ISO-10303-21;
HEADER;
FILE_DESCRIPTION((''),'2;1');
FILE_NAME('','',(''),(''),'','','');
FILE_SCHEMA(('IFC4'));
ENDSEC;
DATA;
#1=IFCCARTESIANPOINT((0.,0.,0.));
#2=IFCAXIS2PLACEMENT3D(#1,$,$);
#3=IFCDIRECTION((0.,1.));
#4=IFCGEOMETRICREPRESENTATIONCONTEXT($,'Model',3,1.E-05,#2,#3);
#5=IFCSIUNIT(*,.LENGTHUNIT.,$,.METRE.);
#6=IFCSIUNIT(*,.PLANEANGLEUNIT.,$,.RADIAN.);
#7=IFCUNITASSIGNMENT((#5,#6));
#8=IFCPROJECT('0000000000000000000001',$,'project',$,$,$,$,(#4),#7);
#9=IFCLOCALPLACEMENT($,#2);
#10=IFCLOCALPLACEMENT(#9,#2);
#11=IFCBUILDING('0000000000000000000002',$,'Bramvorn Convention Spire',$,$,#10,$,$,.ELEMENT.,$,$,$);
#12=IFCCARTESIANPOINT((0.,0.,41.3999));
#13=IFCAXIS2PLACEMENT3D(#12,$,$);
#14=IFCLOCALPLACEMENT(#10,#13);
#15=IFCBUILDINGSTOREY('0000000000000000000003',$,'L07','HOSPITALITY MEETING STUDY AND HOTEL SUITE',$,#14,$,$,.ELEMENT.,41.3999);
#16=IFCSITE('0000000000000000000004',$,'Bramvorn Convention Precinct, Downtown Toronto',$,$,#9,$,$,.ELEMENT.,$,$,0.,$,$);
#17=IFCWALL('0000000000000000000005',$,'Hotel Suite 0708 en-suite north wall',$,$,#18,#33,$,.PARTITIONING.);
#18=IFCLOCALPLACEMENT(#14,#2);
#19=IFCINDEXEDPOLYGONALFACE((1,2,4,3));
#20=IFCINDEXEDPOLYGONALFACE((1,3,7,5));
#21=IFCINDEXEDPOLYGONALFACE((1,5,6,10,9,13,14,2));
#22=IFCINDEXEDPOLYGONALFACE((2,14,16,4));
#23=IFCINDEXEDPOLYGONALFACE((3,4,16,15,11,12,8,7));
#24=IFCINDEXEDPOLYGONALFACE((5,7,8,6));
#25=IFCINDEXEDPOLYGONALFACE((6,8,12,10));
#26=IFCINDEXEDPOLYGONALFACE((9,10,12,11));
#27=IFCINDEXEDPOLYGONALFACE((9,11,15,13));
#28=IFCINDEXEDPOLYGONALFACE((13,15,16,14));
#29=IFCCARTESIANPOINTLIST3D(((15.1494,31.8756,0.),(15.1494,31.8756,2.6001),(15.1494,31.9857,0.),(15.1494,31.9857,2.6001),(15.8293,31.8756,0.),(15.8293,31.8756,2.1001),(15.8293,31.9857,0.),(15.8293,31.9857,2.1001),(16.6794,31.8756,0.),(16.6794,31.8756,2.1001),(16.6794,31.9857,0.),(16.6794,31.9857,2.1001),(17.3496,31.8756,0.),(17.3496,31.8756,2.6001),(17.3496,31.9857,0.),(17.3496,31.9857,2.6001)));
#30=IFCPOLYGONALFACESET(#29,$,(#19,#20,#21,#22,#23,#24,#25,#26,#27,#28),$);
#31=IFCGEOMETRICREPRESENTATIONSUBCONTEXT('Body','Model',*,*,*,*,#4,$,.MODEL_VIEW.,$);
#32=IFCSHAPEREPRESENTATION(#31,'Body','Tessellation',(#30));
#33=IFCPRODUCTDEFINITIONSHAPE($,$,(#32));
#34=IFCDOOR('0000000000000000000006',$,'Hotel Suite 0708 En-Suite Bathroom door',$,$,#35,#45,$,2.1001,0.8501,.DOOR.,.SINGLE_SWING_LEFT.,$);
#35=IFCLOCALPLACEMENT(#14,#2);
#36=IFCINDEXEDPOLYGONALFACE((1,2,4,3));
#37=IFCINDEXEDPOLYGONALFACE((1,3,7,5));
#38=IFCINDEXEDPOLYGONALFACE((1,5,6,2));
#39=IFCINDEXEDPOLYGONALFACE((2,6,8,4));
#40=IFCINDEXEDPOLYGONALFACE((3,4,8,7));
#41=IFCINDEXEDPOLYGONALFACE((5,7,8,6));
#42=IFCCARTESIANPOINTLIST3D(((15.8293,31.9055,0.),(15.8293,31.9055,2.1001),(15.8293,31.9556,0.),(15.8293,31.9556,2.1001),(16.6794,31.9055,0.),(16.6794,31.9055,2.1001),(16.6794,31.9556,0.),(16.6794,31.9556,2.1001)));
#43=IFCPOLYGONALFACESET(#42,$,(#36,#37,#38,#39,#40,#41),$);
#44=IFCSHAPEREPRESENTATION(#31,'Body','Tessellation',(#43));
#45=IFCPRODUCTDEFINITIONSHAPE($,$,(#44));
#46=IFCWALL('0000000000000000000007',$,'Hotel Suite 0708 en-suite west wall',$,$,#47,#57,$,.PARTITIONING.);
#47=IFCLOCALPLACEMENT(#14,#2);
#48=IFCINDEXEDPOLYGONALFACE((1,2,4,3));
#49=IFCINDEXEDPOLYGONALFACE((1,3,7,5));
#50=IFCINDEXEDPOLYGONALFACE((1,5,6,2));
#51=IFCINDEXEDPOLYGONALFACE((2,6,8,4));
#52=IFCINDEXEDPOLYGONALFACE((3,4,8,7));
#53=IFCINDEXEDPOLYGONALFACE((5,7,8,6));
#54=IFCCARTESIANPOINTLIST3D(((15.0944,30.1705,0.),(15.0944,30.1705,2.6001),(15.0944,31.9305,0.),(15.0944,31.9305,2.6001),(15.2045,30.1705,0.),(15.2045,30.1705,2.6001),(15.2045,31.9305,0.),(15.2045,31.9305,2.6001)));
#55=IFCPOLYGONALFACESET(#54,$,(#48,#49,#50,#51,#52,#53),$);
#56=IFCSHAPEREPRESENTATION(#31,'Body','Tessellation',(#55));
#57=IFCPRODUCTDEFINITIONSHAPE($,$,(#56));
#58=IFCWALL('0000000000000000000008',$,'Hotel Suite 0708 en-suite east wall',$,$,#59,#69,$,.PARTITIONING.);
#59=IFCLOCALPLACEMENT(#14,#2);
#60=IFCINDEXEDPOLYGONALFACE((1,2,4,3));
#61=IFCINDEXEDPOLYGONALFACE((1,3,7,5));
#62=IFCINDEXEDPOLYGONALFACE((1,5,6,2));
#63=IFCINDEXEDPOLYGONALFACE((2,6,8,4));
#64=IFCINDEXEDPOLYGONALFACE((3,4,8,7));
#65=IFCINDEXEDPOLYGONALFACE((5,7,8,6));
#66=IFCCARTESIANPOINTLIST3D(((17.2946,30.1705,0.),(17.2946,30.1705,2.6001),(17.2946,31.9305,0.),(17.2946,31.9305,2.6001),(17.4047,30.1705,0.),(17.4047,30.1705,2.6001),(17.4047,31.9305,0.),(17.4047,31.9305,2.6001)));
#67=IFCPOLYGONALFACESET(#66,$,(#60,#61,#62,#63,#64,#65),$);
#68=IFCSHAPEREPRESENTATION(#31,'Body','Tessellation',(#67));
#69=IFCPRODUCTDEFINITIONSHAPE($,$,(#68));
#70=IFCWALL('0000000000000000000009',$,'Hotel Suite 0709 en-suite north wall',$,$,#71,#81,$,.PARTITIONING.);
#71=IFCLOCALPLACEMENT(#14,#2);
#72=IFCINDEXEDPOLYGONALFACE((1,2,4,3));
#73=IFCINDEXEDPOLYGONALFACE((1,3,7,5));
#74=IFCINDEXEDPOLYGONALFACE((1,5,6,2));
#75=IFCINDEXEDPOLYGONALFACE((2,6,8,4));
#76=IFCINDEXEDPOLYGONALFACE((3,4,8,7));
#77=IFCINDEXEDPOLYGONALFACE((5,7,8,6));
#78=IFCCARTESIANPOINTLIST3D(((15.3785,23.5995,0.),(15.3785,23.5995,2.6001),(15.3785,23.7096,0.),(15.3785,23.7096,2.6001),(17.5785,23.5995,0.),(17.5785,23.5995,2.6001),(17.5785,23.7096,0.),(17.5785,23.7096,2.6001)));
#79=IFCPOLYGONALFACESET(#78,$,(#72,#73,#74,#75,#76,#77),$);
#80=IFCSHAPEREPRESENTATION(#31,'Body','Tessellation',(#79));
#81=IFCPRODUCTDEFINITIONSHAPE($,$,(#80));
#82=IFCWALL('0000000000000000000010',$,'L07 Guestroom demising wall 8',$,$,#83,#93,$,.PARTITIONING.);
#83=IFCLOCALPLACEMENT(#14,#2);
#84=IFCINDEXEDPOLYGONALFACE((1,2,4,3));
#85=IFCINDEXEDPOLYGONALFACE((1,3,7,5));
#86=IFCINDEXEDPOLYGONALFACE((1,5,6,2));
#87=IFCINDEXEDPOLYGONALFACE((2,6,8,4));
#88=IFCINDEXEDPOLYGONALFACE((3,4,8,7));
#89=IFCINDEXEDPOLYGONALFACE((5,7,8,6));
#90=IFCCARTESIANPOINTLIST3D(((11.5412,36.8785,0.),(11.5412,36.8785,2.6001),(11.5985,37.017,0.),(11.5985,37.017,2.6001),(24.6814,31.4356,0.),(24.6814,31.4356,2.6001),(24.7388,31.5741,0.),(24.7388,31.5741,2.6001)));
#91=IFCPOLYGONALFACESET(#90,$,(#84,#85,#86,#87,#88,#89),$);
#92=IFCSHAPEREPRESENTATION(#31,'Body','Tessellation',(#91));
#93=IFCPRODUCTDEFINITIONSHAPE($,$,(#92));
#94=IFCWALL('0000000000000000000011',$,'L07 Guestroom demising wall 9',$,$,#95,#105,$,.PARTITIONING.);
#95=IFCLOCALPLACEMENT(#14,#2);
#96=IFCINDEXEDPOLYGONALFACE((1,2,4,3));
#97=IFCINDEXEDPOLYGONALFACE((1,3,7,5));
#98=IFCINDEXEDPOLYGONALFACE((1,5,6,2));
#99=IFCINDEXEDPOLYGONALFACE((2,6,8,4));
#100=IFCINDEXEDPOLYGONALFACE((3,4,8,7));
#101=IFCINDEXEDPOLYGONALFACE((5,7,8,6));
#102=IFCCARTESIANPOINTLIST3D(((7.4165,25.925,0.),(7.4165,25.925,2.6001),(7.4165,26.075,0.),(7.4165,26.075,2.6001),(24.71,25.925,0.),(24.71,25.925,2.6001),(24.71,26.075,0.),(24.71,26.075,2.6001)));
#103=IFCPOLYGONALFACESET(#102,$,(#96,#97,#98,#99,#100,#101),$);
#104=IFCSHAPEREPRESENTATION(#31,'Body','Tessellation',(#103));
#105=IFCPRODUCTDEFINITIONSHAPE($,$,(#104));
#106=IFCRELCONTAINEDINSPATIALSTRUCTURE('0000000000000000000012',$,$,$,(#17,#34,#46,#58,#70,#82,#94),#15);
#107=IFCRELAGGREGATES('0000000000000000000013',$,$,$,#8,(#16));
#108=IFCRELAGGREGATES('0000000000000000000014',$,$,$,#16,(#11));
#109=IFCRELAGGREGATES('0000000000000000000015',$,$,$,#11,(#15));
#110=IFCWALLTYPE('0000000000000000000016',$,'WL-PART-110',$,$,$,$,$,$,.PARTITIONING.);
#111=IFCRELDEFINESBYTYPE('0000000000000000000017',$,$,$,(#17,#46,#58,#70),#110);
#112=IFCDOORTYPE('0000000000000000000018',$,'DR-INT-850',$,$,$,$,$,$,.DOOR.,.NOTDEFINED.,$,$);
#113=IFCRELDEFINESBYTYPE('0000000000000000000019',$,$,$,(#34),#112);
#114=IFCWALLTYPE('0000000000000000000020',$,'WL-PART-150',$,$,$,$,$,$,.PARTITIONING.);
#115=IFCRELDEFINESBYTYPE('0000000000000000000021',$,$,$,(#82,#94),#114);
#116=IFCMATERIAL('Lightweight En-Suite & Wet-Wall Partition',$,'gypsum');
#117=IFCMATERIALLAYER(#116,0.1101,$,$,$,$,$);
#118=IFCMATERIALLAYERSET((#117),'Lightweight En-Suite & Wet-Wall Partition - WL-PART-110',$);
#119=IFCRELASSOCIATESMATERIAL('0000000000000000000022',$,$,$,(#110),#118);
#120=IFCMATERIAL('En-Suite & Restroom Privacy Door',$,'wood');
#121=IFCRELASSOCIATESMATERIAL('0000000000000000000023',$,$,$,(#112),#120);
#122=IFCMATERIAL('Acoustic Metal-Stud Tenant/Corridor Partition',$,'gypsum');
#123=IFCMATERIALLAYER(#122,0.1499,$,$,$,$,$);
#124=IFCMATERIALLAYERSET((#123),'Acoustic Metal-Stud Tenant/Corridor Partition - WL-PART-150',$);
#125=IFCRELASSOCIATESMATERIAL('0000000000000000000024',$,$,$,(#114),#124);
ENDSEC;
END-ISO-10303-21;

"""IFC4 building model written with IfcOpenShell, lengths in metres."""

from ifc_helpers import new_model, si_unit, direction, frame, frame_2d, origin, place, context, subcontext, project, spatial, rectangle, extrude, material, layer, layer_set, type_object, element, fill, save


model = new_model("IFC4")

# Units and contexts
model_context = context("Model", 3, precision=1e-05, world=origin(), true_north=direction((0.0, 1.0)))
body_context = subcontext(model_context, "Body", "Model", "MODEL_VIEW")
ifc_project = project(units=[si_unit("LENGTHUNIT", "METRE"), si_unit("PLANEANGLEUNIT", "RADIAN")], contexts=[model_context])

# Site, building, storey
site_placement = place(None, origin())
site = spatial("IfcSite", under=ifc_project, at=site_placement, Name="Bramvorn Convention Precinct, Downtown Toronto", CompositionType="ELEMENT", RefElevation=0.0)
building_placement = place(site_placement, origin())
building = spatial("IfcBuilding", under=site, at=building_placement, Name="Bramvorn Convention Spire", CompositionType="ELEMENT")
storey_placement = place(building_placement, frame((0.0, 0.0, 41.3999)))
storey = spatial("IfcBuildingStorey", under=building, at=storey_placement, Name="L07", Description="HOSPITALITY MEETING STUDY AND HOTEL SUITE", CompositionType="ELEMENT", Elevation=41.3999)

# Shared definitions
ifc_material_1 = material(Name="Lightweight En-Suite & Wet-Wall Partition", Category="gypsum")
ifc_layer_1 = layer(ifc_material_1, 0.1101)
ifc_layer_set_1 = layer_set([ifc_layer_1], Name="Lightweight En-Suite & Wet-Wall Partition - WL-PART-110")
wall_type_1 = type_object("IfcWallType", Name="WL-PART-110", PredefinedType="PARTITIONING", material=ifc_layer_set_1)

# Wall, opening, door
wall_1_placement = place(storey_placement, frame((15.1494, 31.9307, 0.0), z_axis=(0.0, 0.0, 1.0), x_axis=(1.0, 0.0, 0.0)))
wall_1 = element("IfcWall", 1, at=wall_1_placement, inside=storey, type_object=wall_type_1, Name="Hotel Suite 0708 en-suite north wall", PredefinedType="PARTITIONING", context=body_context, shape_type="SweptSolid", body=[
    extrude(rectangle(XDim=2.2002, YDim=0.1101, at=frame_2d((1.1001, 0.0))), origin(), (0.0, 0.0, 1.0), 2.6001),
])
opening_1_placement = place(wall_1_placement, frame((0.6799, 0.0, 0.0)))
opening_1 = element("IfcOpeningElement", 2, at=opening_1_placement, cuts=wall_1, PredefinedType="OPENING", context=body_context, shape_type="SweptSolid", body=[
    extrude(rectangle(XDim=0.8501, YDim=2.1001, at=frame_2d((0.425, 1.05))), frame((0.0, 0.0649, 0.0), z_axis=(0.0, -1.0, 0.0), x_axis=(1.0, 0.0, 0.0)), (0.0, 0.0, 1.0), 0.1301),
])
ifc_material_2 = material(Name="En-Suite & Restroom Privacy Door", Category="wood")
door_type_1 = type_object("IfcDoorType", Name="DR-INT-850", OperationType="NOTDEFINED", PredefinedType="DOOR", material=ifc_material_2)
door_1_placement = place(opening_1_placement, origin())
door_1 = element("IfcDoor", 3, at=door_1_placement, inside=storey, type_object=door_type_1, Name="Hotel Suite 0708 En-Suite Bathroom door", OperationType="SINGLE_SWING_LEFT", OverallHeight=2.1001, OverallWidth=0.8501, PredefinedType="DOOR", context=body_context, shape_type="SweptSolid", body=[
    extrude(rectangle(XDim=0.8501, YDim=2.1001, at=frame_2d((0.425, 1.05))), frame((0.0, 0.0249, 0.0), z_axis=(0.0, -1.0, 0.0), x_axis=(1.0, 0.0, 0.0)), (0.0, 0.0, 1.0), 0.05),
])
fill(opening_1, door_1)

# Walls
for number, where, z_axis, x_axis, name in (
    (4, (15.1494, 30.1707, 0.0), (0.0, 0.0, 1.0), (0.0, 1.0, 0.0), "Hotel Suite 0708 en-suite west wall"),
    (5, (17.3496, 30.1707, 0.0), (0.0, 0.0, 1.0), (0.0, 1.0, 0.0), "Hotel Suite 0708 en-suite east wall"),
):
    element("IfcWall", number, at=place(storey_placement, frame(where, z_axis=z_axis, x_axis=x_axis)), inside=storey, type_object=wall_type_1, Name=name, PredefinedType="PARTITIONING", context=body_context, shape_type="SweptSolid", body=[
        extrude(rectangle(XDim=1.76, YDim=0.1101, at=frame_2d((0.8799, 0.0))), origin(), (0.0, 0.0, 1.0), 2.6001),
    ])
wall_2_placement = place(storey_placement, frame((15.3784, 23.6545, 0.0), z_axis=(0.0, 0.0, 1.0), x_axis=(1.0, 0.0, 0.0)))
element("IfcWall", 6, at=wall_2_placement, inside=storey, type_object=wall_type_1, Name="Hotel Suite 0709 en-suite north wall", PredefinedType="PARTITIONING", context=body_context, shape_type="SweptSolid", body=[
    extrude(rectangle(XDim=2.2, YDim=0.1101, at=frame_2d((1.1001, 0.0))), origin(), (0.0, 0.0, 1.0), 2.6001),
])
ifc_material_3 = material(Name="Acoustic Metal-Stud Tenant/Corridor Partition", Category="gypsum")
ifc_layer_2 = layer(ifc_material_3, 0.1499)
ifc_layer_set_2 = layer_set([ifc_layer_2], Name="Acoustic Metal-Stud Tenant/Corridor Partition - WL-PART-150")
wall_type_2 = type_object("IfcWallType", Name="WL-PART-150", PredefinedType="PARTITIONING", material=ifc_layer_set_2)
wall_3_placement = place(storey_placement, frame((24.71, 31.5049, 0.0), z_axis=(0.0, 0.0, 1.0), x_axis=(-0.923878, 0.382686, 0.0)))
element("IfcWall", 7, at=wall_3_placement, inside=storey, type_object=wall_type_2, Name="L07 Guestroom demising wall 8", PredefinedType="PARTITIONING", context=body_context, shape_type="SweptSolid", body=[
    extrude(rectangle(XDim=14.2229, YDim=0.1499, at=frame_2d((7.1113, 0.0))), origin(), (0.0, 0.0, 1.0), 2.6001),
])
wall_4_placement = place(storey_placement, frame((24.71, 26.0, 0.0), z_axis=(0.0, 0.0, 1.0), x_axis=(-1.0, 0.0, 0.0)))
element("IfcWall", 8, at=wall_4_placement, inside=storey, type_object=wall_type_2, Name="L07 Guestroom demising wall 9", PredefinedType="PARTITIONING", context=body_context, shape_type="SweptSolid", body=[
    extrude(rectangle(XDim=17.2935, YDim=0.1499, at=frame_2d((8.6467, 0.0))), origin(), (0.0, 0.0, 1.0), 2.6001),
])

save(model, "model.ifc")
